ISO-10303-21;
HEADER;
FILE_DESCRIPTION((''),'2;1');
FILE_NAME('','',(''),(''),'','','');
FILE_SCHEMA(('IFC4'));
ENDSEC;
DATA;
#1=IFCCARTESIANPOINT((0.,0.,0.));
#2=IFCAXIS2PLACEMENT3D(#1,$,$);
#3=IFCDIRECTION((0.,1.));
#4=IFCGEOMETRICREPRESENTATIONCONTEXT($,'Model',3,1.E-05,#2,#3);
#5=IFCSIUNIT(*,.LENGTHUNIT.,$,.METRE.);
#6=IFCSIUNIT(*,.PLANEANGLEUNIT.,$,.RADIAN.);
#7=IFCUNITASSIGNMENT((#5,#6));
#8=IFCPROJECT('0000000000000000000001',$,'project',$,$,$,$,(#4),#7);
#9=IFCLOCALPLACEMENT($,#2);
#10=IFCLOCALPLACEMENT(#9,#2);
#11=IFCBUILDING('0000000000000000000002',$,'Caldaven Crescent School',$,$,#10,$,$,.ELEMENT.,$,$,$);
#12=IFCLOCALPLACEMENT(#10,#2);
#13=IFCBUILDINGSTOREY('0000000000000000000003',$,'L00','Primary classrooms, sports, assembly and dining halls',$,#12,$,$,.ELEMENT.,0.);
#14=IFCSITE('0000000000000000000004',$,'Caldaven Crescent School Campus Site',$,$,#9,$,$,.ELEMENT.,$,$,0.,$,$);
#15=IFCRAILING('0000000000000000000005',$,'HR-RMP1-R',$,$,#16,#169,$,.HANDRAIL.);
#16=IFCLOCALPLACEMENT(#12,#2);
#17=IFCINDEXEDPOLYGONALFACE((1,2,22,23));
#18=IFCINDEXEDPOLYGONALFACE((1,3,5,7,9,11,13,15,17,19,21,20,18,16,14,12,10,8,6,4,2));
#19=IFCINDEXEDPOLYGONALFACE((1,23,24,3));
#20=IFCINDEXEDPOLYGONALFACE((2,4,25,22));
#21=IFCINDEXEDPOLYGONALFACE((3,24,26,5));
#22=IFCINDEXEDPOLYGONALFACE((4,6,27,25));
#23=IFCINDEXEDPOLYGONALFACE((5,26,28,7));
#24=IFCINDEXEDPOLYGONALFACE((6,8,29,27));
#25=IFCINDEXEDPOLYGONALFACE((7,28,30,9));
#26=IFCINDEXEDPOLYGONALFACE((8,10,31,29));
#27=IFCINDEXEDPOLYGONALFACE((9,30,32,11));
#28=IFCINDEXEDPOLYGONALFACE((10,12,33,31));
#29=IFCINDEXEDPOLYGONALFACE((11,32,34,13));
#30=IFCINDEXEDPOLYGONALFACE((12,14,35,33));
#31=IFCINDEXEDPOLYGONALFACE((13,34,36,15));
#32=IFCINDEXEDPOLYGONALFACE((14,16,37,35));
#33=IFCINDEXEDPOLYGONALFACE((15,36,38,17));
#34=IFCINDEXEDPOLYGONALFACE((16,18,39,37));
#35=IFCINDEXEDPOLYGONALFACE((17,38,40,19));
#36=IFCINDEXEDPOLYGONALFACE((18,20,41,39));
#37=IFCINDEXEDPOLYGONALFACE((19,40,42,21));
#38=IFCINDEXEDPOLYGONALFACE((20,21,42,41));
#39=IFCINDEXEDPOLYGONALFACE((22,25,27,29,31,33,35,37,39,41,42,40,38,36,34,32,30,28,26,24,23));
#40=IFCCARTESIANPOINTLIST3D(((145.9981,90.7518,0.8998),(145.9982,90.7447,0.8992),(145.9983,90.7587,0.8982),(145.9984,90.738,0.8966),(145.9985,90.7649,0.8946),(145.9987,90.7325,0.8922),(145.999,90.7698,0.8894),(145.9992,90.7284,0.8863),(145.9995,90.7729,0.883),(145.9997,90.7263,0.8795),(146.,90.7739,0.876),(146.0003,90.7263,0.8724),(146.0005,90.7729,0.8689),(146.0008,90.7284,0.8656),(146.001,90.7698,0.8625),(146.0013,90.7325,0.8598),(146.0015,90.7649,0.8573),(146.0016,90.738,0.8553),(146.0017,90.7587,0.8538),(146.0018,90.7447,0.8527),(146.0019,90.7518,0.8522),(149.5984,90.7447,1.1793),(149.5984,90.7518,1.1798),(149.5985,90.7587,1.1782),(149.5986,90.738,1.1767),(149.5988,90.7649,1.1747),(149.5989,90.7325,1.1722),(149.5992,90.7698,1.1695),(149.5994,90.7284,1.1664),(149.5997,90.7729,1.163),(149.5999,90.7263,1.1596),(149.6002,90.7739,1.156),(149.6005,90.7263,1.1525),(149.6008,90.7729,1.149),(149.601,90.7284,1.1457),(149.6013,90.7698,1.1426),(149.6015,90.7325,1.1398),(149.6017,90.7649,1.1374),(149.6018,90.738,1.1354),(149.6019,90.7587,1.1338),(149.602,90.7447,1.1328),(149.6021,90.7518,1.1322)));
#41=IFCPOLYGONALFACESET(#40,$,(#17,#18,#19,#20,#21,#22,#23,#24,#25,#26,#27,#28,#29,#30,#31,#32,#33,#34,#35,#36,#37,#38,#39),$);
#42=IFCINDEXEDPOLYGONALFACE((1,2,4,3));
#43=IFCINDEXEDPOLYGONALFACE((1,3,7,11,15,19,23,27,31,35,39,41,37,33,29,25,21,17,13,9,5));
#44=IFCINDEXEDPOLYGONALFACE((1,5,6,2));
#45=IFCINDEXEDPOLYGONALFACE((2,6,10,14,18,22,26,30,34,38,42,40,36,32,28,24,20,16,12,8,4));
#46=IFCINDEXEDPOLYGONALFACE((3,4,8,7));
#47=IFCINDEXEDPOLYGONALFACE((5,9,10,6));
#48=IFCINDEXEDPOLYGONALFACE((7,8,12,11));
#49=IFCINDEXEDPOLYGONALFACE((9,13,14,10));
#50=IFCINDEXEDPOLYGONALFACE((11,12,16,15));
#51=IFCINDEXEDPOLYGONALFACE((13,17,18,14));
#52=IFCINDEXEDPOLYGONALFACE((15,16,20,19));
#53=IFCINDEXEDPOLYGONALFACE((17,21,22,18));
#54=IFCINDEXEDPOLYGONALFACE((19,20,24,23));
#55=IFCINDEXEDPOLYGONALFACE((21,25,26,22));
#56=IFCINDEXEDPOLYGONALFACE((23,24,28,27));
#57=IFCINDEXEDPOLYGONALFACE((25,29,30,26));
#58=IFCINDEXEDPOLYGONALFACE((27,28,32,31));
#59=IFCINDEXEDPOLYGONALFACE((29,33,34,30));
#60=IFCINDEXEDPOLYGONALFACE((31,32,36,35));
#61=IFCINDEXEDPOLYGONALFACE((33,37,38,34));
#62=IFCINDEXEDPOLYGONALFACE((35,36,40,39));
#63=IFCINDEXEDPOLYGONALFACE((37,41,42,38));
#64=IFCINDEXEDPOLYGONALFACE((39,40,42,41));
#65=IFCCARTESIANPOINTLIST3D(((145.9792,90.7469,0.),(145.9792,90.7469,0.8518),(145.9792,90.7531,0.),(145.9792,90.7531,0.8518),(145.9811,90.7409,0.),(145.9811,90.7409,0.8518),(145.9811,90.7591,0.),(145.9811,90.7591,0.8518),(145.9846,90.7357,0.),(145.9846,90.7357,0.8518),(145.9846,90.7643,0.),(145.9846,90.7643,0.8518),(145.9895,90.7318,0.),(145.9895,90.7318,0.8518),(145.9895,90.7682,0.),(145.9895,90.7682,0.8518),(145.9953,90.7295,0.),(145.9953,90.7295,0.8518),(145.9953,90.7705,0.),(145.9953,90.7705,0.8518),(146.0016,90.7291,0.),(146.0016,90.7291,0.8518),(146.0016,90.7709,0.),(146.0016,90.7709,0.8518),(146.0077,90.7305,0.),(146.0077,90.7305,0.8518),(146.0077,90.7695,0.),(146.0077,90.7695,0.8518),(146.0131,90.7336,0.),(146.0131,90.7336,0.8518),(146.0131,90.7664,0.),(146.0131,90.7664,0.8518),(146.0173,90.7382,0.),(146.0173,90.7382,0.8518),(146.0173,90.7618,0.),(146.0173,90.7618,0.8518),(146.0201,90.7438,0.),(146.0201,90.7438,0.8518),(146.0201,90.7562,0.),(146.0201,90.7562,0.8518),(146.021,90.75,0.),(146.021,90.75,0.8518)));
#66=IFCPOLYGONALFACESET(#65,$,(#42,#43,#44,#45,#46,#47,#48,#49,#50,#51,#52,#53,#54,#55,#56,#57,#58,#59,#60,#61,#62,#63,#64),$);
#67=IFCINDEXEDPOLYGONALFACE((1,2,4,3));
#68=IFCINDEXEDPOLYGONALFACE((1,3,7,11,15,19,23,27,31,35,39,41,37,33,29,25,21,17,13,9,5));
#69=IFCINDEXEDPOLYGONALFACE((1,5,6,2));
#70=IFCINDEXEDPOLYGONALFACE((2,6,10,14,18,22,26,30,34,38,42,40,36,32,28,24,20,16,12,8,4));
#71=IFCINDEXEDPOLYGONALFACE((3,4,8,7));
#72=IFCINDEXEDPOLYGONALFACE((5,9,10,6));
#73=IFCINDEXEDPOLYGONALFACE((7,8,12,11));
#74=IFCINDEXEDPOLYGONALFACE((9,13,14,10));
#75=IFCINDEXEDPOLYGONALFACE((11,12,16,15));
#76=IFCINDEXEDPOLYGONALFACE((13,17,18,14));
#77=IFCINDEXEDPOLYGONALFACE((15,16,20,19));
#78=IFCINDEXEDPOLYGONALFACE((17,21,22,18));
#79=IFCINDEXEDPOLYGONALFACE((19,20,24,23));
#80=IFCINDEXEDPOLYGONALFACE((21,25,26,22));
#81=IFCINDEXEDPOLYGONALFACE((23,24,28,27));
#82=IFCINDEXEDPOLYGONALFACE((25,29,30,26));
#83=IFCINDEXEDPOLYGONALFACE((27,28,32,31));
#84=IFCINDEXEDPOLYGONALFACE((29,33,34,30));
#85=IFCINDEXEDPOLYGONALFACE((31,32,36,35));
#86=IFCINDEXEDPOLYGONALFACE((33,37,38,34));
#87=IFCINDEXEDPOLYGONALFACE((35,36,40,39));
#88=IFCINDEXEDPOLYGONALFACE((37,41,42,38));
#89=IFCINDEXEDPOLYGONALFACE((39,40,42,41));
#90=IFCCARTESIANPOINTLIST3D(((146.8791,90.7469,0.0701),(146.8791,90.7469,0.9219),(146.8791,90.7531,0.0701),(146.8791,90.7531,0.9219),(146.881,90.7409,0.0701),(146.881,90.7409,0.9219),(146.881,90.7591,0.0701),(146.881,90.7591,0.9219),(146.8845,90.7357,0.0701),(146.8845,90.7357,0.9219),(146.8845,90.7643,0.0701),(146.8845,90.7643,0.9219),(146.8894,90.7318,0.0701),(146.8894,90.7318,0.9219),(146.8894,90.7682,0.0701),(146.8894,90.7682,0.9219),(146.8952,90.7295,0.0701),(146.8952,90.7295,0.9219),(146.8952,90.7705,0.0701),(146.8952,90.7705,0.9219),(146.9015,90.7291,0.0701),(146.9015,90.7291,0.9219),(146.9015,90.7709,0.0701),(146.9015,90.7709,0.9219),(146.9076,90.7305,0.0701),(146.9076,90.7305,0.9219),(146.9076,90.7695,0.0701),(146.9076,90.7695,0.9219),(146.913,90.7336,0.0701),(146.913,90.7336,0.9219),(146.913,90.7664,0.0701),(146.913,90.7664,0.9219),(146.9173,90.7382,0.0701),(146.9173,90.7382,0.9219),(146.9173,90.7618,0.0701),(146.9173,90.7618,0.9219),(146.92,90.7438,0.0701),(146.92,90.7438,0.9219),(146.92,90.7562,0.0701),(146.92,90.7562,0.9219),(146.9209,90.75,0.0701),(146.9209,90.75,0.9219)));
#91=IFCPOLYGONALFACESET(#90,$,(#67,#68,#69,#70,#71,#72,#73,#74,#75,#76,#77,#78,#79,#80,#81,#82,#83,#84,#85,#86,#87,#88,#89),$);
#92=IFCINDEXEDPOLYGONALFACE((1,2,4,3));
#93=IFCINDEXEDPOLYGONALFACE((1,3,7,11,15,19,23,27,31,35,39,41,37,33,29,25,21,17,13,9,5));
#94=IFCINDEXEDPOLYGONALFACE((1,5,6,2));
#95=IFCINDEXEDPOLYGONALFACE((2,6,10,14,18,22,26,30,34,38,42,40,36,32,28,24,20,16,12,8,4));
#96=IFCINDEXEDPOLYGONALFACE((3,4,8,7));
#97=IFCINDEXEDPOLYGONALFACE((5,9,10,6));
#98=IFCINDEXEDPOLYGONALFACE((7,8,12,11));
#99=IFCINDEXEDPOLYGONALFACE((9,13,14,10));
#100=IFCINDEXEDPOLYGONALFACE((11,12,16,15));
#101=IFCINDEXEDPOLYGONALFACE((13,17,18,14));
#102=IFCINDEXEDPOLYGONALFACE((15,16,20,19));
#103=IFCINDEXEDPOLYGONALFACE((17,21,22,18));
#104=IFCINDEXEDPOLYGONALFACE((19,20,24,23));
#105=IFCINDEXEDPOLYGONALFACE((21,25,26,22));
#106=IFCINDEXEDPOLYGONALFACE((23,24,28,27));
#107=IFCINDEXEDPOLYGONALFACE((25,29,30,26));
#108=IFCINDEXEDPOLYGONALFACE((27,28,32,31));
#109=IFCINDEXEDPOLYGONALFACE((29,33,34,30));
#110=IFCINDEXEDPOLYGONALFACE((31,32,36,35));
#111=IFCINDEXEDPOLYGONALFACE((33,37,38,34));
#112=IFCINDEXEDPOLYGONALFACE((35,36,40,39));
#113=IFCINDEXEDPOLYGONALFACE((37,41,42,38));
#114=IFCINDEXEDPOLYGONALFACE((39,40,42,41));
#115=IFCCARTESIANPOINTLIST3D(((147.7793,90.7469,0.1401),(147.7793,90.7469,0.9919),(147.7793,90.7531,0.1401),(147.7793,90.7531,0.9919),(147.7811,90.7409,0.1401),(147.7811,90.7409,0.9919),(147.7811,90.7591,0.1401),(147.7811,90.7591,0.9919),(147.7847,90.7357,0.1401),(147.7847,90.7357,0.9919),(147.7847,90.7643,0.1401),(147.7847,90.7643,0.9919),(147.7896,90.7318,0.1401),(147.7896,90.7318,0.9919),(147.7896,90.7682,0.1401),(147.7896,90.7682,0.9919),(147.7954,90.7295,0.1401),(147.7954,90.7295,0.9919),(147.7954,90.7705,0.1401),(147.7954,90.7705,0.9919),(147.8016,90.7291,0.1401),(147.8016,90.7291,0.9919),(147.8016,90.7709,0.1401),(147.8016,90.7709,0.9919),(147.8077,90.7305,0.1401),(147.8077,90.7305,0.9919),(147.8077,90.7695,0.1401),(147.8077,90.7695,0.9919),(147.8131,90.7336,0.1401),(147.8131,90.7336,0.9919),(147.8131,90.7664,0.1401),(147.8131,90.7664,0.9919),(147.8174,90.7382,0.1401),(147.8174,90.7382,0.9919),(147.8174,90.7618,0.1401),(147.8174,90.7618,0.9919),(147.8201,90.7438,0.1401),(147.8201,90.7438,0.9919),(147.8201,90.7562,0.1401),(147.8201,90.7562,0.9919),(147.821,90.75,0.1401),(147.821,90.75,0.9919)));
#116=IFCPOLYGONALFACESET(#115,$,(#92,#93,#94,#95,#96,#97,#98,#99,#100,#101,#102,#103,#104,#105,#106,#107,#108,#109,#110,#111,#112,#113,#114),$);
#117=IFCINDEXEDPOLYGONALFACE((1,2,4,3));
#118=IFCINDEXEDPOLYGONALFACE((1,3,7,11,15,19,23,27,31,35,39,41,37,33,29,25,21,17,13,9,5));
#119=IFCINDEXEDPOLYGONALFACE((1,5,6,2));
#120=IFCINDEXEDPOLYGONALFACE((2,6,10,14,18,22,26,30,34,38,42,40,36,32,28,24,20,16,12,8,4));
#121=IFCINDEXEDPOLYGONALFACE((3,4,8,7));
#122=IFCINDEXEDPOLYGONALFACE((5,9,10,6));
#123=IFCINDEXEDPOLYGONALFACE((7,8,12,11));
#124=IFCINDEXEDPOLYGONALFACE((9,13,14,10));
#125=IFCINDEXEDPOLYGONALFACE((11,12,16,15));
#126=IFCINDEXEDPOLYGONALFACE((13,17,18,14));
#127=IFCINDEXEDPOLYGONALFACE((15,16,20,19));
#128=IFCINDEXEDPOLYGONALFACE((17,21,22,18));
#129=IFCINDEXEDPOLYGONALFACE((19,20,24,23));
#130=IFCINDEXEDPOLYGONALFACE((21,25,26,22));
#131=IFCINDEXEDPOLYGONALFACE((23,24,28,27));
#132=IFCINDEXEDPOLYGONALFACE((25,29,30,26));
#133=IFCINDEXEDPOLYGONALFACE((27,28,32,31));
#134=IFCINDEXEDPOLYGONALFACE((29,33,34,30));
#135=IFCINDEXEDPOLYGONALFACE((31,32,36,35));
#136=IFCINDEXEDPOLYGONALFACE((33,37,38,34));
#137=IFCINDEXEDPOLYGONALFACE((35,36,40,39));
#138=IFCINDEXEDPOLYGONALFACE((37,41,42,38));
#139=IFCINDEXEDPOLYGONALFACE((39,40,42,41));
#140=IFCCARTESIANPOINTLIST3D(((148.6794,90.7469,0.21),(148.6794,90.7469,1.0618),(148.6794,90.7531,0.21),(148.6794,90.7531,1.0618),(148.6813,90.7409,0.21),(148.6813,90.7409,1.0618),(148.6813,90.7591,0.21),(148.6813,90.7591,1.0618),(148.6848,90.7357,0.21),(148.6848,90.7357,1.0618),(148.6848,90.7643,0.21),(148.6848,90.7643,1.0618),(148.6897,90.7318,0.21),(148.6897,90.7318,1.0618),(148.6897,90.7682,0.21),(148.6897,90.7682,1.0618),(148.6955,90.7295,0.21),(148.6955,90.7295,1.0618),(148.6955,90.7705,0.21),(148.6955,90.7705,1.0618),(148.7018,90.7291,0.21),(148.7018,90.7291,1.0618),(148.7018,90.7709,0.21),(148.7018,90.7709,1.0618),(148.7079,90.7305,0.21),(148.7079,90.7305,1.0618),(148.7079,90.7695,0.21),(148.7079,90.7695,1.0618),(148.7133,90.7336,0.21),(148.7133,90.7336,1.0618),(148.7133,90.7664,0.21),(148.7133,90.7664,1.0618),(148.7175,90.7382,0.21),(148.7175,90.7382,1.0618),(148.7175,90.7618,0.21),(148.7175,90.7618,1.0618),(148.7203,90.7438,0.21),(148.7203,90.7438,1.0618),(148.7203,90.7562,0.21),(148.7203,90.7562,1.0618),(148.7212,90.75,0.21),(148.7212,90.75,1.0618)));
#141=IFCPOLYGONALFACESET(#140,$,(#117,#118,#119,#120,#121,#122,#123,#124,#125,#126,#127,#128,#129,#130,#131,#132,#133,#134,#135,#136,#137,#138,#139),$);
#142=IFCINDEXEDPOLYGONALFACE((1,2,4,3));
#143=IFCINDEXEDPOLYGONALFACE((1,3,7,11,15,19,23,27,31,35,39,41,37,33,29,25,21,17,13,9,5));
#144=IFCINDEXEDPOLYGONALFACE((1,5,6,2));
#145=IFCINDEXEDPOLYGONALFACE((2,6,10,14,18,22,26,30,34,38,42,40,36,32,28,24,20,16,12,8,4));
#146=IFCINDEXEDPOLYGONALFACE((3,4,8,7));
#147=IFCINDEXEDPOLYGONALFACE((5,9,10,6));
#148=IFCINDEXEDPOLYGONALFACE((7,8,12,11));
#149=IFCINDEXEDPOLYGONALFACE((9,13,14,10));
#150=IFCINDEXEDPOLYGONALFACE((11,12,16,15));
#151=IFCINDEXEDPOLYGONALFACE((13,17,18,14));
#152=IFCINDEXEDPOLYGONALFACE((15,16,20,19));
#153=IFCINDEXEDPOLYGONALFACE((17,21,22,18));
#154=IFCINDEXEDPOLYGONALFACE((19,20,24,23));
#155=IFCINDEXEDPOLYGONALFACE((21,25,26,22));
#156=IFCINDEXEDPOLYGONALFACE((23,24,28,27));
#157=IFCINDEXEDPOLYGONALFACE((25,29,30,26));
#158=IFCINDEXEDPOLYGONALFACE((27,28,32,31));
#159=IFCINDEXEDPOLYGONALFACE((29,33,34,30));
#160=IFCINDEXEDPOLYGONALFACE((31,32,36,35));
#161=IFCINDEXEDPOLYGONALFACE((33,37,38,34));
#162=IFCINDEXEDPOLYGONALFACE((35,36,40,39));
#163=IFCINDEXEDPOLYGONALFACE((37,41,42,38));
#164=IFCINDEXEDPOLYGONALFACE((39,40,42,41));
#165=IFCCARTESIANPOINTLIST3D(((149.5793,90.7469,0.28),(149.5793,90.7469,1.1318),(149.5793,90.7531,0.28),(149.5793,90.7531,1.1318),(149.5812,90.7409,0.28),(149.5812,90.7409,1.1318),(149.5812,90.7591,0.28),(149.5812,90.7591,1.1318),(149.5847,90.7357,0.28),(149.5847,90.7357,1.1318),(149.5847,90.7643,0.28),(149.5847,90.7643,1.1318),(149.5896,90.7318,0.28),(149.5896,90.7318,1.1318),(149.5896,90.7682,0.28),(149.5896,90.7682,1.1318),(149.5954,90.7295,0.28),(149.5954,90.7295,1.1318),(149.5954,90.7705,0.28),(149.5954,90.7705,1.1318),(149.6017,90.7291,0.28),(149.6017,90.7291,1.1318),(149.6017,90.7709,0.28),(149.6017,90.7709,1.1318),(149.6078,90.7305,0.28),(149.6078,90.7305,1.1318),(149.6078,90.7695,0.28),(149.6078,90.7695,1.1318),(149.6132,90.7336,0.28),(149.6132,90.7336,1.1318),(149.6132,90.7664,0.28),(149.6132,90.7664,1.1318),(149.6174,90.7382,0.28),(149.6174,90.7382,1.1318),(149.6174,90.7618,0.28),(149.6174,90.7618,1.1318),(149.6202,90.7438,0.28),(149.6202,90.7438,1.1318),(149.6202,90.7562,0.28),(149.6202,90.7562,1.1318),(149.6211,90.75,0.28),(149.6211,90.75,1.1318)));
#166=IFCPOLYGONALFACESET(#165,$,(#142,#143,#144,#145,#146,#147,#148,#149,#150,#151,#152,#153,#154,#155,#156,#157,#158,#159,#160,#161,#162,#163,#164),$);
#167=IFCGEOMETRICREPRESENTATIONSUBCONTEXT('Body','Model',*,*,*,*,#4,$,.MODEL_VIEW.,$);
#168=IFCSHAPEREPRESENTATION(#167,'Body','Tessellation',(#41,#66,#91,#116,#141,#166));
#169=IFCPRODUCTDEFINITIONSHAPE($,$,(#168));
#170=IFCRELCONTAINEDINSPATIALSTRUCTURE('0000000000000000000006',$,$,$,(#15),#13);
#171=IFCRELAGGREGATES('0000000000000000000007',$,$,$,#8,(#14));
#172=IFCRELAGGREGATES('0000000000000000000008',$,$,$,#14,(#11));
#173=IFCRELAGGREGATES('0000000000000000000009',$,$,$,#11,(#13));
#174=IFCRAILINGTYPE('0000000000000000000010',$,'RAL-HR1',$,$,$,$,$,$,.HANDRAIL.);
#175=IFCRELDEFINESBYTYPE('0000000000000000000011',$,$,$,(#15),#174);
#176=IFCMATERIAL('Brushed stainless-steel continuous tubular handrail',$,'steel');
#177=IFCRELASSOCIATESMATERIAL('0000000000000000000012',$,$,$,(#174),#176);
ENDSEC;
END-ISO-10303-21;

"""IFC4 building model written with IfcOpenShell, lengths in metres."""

from ifc_helpers import new_model, si_unit, direction, frame, origin, origin_2d, place, context, subcontext, project, spatial, circle, extrude, material, type_object, element, save


model = new_model("IFC4")

# Units and contexts
model_context = context("Model", 3, precision=1e-05, world=origin(), true_north=direction((0.0, 1.0)))
body_context = subcontext(model_context, "Body", "Model", "MODEL_VIEW")
ifc_project = project(units=[si_unit("LENGTHUNIT", "METRE"), si_unit("PLANEANGLEUNIT", "RADIAN")], contexts=[model_context])

# Site, building, storey
site_placement = place(None, origin())
site = spatial("IfcSite", under=ifc_project, at=site_placement, Name="Caldaven Crescent School Campus Site", CompositionType="ELEMENT", RefElevation=0.0)
building_placement = place(site_placement, origin())
building = spatial("IfcBuilding", under=site, at=building_placement, Name="Caldaven Crescent School", CompositionType="ELEMENT")
storey_placement = place(building_placement, origin())
storey = spatial("IfcBuildingStorey", under=building, at=storey_placement, Name="L00", Description="Primary classrooms, sports, assembly and dining halls", CompositionType="ELEMENT", Elevation=0.0)

# Railing
ifc_material_1 = material(Name="Brushed stainless-steel continuous tubular handrail", Category="steel")
railing_type_1 = type_object("IfcRailingType", Name="RAL-HR1", PredefinedType="HANDRAIL", material=ifc_material_1)
railing_1_placement = place(storey_placement, frame((146.0, 90.75, 0.0)))
element("IfcRailing", 1, at=railing_1_placement, inside=storey, type_object=railing_type_1, Name="HR-RMP1-R", PredefinedType="HANDRAIL", context=body_context, shape_type="SweptSolid", body=[
    extrude(circle(Radius=0.0239, at=origin_2d()), frame((0.0, 0.0, 0.876), z_axis=(0.996988, 0.0, 0.07755), x_axis=(0.0, 1.0, 0.0)), (0.0, 0.0, 1.0), 3.6111),
    extrude(circle(Radius=0.021, at=origin_2d()), origin(), (0.0, 0.0, 1.0), 0.8518),
    extrude(circle(Radius=0.021, at=origin_2d()), frame((0.8999, 0.0, 0.0701)), (0.0, 0.0, 1.0), 0.8518),
    extrude(circle(Radius=0.021, at=origin_2d()), frame((1.8, 0.0, 0.1401)), (0.0, 0.0, 1.0), 0.8518),
    extrude(circle(Radius=0.021, at=origin_2d()), frame((2.7002, 0.0, 0.21)), (0.0, 0.0, 1.0), 0.8518),
    extrude(circle(Radius=0.021, at=origin_2d()), frame((3.6001, 0.0, 0.28)), (0.0, 0.0, 1.0), 0.8518),
])

save(model, "model.ifc")
